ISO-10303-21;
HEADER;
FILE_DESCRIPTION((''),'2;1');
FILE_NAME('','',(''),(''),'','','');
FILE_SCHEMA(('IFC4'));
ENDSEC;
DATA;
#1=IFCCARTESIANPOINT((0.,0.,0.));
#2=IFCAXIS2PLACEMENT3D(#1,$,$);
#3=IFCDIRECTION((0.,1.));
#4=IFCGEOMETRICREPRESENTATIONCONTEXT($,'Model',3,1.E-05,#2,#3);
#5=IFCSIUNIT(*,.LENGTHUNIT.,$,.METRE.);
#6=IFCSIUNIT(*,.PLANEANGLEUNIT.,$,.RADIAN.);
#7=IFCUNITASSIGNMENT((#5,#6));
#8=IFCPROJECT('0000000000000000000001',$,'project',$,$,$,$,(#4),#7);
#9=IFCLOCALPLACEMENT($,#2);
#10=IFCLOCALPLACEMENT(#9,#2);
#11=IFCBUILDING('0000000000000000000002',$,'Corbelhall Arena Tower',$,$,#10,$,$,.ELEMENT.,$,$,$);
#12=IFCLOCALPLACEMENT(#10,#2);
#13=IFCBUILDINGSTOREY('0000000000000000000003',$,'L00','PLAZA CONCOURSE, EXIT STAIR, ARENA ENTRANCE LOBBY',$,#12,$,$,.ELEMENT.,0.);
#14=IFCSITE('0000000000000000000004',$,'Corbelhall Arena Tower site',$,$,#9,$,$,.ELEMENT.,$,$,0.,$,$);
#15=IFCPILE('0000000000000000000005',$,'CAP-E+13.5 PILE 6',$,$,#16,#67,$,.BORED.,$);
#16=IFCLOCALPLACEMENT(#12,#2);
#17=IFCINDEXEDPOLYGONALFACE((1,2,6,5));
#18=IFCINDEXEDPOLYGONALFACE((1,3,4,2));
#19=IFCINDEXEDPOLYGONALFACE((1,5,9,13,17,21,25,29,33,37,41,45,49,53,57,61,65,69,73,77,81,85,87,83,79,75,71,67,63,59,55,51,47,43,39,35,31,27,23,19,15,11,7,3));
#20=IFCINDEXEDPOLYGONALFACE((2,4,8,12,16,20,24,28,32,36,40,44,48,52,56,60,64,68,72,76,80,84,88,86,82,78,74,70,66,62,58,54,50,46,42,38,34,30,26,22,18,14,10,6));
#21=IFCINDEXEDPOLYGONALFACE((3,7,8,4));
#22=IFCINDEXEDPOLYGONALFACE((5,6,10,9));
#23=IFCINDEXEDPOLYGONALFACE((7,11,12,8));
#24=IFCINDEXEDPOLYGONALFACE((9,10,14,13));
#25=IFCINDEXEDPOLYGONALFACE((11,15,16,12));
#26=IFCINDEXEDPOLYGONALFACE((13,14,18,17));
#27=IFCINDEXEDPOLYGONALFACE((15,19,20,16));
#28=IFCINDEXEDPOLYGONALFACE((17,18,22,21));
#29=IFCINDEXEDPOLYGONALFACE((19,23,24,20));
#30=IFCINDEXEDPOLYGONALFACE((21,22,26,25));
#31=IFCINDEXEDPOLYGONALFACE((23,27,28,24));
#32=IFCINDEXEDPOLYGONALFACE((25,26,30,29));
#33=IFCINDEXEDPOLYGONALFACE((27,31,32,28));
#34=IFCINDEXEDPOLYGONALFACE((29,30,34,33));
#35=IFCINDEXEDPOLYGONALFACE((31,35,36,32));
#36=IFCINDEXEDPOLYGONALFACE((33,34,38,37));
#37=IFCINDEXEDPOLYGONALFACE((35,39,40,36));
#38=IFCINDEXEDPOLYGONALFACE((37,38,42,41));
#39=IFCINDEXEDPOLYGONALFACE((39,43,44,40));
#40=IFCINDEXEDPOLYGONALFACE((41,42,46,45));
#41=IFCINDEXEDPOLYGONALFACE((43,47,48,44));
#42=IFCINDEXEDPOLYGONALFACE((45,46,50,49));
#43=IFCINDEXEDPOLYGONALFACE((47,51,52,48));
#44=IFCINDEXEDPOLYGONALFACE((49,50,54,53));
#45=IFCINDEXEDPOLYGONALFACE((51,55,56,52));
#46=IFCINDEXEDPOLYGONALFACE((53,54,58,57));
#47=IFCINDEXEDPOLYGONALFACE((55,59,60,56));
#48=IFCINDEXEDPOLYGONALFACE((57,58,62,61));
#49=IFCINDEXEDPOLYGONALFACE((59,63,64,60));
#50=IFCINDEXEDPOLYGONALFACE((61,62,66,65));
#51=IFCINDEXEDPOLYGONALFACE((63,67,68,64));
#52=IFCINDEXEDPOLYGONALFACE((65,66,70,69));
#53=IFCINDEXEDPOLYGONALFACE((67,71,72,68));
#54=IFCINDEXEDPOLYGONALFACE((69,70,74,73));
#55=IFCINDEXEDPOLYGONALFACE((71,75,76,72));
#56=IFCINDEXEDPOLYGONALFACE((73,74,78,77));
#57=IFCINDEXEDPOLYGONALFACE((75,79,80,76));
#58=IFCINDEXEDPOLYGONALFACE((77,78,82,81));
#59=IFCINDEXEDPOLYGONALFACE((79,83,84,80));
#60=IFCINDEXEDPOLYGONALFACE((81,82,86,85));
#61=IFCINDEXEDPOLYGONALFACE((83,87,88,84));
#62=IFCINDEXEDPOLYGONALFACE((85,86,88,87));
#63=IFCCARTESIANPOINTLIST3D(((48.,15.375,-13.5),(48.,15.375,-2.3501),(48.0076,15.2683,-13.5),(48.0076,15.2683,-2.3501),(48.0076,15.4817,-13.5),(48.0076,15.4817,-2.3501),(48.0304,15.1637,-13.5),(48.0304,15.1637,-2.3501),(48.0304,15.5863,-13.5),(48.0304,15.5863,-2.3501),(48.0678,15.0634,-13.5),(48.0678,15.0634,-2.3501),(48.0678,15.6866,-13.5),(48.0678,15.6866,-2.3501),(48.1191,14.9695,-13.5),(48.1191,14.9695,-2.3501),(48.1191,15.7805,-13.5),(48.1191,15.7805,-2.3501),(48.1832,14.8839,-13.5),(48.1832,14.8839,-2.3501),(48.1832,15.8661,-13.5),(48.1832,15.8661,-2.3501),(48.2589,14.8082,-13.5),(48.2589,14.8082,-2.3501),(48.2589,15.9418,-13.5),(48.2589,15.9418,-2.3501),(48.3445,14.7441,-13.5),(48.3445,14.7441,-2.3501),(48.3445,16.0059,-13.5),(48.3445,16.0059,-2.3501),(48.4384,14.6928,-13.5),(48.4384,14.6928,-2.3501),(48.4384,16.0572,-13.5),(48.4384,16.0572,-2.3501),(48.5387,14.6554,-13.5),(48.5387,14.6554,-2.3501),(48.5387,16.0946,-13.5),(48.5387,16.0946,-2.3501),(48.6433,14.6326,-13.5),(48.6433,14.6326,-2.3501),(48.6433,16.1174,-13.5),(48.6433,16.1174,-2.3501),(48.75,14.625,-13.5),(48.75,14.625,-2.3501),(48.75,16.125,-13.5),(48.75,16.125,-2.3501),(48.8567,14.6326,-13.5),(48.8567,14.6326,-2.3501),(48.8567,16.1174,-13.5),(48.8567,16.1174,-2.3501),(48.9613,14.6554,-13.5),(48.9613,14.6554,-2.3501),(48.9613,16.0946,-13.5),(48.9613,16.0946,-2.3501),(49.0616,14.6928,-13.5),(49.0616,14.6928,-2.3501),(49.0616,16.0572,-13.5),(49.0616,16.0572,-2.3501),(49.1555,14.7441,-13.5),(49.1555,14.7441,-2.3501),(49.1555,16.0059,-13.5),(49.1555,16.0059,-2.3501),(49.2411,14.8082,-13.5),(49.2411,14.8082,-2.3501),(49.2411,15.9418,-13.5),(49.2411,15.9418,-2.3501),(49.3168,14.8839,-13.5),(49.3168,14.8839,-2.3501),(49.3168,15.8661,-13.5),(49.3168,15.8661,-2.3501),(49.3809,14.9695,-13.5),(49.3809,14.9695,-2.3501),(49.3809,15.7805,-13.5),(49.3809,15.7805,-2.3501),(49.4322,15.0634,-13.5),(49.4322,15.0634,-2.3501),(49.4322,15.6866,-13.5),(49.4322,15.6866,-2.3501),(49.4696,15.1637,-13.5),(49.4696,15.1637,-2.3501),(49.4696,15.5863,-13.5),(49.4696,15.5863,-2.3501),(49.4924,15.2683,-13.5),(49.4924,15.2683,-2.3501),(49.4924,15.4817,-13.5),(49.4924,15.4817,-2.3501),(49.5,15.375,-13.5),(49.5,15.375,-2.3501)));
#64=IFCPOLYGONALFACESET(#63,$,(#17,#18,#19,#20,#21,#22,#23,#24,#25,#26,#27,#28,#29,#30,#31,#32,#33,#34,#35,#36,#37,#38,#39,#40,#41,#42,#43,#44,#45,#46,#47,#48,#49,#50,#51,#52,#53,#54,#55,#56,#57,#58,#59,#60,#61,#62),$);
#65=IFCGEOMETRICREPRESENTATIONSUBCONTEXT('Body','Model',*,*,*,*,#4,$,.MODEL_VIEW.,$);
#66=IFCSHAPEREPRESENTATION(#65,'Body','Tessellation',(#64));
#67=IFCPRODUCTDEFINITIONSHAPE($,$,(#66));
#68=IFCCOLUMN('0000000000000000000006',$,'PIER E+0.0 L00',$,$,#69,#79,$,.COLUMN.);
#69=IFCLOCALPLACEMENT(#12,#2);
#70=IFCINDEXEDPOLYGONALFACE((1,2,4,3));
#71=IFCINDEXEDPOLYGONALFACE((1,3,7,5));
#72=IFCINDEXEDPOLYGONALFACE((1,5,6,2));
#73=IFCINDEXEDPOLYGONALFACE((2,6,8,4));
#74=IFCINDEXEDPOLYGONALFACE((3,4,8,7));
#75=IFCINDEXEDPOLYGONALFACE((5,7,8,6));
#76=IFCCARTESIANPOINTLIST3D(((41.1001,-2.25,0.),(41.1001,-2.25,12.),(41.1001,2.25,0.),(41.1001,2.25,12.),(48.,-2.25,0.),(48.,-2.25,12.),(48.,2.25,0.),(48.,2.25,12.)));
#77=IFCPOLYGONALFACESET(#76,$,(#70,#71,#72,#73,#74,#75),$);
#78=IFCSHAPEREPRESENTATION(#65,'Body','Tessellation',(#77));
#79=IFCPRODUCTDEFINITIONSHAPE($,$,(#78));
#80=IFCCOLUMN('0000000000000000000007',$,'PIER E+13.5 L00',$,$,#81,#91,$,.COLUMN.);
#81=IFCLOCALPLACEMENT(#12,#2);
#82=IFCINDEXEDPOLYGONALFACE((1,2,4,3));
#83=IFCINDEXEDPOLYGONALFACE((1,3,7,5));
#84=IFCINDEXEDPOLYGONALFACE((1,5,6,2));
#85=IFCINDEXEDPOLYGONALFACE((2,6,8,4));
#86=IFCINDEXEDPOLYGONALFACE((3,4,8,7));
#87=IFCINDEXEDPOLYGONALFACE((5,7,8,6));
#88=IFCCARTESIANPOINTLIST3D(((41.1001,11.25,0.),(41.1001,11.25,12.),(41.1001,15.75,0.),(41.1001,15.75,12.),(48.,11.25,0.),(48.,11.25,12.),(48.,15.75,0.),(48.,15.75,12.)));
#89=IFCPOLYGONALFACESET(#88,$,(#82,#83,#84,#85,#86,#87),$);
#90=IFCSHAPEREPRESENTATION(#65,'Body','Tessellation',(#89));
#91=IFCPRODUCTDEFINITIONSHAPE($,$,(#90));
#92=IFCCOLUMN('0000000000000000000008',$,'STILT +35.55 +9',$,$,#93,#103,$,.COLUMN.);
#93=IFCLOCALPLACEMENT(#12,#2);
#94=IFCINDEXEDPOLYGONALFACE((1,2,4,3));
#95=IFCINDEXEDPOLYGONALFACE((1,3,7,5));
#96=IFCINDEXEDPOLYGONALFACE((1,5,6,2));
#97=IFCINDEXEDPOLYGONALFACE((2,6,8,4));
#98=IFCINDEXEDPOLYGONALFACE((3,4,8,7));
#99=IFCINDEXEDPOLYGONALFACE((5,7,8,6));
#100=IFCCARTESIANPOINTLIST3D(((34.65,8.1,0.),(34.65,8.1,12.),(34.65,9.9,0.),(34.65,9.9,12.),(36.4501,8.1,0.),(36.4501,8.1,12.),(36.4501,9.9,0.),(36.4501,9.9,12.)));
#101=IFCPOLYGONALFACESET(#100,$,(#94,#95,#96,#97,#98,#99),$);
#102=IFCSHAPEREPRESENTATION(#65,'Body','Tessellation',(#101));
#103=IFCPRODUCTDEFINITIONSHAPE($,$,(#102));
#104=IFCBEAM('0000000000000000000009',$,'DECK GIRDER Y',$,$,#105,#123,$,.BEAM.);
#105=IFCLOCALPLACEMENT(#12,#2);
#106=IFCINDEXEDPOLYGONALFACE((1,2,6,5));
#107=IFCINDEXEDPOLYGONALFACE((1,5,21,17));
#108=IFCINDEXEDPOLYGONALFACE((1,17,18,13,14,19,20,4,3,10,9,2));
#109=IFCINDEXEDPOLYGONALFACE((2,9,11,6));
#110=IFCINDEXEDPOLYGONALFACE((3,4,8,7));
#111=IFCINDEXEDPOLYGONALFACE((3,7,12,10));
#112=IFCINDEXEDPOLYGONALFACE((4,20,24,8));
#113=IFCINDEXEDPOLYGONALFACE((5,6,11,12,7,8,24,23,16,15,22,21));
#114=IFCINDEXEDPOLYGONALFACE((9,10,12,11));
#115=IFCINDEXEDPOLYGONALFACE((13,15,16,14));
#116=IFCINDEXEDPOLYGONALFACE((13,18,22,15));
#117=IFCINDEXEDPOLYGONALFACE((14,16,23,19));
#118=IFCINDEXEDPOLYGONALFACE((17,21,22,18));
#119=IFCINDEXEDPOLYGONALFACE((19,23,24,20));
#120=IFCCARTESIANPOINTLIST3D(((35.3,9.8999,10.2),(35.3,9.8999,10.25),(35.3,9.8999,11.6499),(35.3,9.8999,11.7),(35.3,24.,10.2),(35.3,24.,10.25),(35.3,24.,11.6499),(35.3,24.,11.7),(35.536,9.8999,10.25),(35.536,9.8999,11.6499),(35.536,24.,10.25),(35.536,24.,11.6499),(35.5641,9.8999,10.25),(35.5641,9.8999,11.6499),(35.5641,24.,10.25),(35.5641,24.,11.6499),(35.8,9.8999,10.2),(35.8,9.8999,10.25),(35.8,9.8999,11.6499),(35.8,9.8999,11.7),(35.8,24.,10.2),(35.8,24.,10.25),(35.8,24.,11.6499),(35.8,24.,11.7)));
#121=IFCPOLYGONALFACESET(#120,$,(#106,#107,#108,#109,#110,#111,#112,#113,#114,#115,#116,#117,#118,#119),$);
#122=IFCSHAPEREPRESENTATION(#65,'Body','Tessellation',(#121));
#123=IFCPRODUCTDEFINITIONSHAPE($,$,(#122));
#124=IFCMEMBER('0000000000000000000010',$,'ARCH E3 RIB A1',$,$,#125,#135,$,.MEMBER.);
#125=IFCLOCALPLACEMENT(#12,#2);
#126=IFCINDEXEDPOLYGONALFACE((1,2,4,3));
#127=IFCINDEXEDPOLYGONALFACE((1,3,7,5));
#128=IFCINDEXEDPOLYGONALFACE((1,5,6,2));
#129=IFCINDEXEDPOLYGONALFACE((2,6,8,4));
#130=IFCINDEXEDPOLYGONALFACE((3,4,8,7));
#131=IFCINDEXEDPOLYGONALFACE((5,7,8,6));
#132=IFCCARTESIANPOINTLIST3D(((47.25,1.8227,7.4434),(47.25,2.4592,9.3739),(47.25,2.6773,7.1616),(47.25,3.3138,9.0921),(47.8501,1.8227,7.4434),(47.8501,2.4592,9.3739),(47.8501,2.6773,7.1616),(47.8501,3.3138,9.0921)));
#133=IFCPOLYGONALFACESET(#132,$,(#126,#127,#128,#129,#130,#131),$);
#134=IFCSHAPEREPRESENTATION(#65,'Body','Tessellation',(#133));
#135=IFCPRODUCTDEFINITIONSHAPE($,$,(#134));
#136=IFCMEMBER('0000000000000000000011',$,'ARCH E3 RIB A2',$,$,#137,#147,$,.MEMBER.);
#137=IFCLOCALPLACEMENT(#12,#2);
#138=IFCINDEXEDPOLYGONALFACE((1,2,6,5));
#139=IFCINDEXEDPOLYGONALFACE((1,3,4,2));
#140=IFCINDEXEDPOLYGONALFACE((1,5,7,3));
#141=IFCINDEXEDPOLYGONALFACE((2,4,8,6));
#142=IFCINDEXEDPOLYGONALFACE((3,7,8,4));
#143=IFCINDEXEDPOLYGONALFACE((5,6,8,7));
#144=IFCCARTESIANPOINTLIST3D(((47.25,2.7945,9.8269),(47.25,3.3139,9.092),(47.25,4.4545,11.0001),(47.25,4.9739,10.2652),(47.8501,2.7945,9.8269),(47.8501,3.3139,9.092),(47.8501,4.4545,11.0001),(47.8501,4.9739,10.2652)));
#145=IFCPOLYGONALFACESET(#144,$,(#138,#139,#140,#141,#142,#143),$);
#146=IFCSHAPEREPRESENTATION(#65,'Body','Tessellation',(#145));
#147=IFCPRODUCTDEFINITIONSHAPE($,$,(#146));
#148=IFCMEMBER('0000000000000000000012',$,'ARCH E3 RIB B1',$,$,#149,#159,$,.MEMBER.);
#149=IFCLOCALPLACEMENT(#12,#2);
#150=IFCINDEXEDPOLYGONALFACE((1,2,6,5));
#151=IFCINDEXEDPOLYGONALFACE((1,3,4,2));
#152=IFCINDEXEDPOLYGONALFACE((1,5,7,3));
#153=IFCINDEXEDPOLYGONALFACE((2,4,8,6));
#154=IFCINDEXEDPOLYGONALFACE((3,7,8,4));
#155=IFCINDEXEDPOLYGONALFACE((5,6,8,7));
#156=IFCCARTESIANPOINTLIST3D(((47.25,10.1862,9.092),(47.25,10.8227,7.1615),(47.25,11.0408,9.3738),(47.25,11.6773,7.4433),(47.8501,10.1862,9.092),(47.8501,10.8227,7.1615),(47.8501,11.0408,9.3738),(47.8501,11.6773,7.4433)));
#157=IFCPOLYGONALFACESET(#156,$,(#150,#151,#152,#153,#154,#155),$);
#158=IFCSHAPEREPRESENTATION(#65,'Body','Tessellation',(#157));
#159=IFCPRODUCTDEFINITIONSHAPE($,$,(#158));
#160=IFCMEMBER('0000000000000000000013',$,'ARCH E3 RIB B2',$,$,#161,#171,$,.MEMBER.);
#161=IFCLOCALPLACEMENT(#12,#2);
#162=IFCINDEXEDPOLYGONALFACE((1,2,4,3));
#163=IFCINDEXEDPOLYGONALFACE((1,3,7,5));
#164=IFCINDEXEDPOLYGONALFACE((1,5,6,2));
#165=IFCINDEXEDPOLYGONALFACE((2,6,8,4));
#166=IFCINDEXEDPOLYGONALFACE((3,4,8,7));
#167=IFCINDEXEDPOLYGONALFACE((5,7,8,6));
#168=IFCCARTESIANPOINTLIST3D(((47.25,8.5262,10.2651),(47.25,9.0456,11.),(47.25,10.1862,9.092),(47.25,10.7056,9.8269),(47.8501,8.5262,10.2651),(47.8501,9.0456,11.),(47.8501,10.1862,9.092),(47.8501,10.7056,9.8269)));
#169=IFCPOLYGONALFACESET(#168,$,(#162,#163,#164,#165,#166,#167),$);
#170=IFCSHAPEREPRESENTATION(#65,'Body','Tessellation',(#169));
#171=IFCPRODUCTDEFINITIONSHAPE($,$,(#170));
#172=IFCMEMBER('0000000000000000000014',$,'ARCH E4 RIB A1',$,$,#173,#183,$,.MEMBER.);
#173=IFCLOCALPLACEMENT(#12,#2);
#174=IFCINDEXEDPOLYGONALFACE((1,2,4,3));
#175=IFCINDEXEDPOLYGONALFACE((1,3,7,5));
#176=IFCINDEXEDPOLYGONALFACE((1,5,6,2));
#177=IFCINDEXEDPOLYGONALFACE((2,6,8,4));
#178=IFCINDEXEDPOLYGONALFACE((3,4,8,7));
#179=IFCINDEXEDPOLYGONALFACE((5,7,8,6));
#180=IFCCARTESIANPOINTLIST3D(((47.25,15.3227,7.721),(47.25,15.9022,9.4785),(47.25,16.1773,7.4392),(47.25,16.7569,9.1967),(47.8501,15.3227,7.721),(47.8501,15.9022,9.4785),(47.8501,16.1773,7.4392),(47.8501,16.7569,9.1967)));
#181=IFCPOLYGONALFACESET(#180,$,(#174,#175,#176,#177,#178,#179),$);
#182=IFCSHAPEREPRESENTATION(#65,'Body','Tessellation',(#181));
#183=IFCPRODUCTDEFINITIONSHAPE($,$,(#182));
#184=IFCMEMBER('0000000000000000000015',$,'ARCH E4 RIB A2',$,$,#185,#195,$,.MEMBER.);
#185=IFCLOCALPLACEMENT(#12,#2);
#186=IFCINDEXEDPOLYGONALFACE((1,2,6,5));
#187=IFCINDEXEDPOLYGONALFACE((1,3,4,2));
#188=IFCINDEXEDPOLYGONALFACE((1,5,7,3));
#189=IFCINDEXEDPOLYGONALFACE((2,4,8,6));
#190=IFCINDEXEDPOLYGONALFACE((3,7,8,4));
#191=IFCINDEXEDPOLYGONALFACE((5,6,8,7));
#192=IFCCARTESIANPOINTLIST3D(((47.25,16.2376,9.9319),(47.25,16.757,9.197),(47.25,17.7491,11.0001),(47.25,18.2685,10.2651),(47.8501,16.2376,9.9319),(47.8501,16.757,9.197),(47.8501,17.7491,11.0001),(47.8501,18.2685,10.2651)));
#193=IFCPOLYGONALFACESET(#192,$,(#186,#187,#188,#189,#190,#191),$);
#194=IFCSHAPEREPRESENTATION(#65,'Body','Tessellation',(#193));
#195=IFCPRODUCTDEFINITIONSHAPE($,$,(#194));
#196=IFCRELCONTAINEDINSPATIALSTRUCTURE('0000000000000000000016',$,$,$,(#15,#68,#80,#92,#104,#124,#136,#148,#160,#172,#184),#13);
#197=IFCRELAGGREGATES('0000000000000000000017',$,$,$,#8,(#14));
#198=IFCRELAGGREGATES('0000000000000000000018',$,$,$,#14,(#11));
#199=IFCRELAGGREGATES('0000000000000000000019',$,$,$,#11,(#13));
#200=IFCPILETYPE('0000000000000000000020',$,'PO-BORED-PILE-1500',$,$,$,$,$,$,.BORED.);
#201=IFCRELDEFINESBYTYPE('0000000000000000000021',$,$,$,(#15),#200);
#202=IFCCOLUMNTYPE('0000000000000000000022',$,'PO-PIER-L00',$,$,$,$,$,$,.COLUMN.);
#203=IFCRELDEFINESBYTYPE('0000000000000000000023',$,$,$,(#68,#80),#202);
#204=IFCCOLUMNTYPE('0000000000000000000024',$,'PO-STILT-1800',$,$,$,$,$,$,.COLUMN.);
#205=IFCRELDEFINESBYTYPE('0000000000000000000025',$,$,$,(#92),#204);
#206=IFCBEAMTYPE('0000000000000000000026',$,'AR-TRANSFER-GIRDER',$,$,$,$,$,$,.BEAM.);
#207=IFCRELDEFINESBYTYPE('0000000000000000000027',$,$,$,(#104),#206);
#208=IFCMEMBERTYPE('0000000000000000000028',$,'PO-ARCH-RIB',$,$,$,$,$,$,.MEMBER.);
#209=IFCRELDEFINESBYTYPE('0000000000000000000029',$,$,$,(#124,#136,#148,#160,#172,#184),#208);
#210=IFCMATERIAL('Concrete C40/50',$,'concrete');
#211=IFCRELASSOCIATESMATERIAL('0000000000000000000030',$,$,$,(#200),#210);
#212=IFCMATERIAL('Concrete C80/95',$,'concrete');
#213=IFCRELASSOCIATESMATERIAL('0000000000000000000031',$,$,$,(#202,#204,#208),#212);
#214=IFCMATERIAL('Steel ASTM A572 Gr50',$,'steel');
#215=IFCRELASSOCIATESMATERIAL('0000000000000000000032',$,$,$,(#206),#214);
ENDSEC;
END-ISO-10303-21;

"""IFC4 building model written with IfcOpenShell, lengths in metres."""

from ifc_helpers import new_model, si_unit, direction, frame, origin, origin_2d, place, context, subcontext, project, spatial, rectangle, circle, i_section, extrude, material, material_profile, profile_set, type_object, element, save


model = new_model("IFC4")

# Units and contexts
model_context = context("Model", 3, precision=1e-05, world=origin(), true_north=direction((0.0, 1.0)))
body_context = subcontext(model_context, "Body", "Model", "MODEL_VIEW")
ifc_project = project(units=[si_unit("LENGTHUNIT", "METRE"), si_unit("PLANEANGLEUNIT", "RADIAN")], contexts=[model_context])

# Site, building, storey
site_placement = place(None, origin())
site = spatial("IfcSite", under=ifc_project, at=site_placement, Name="Corbelhall Arena Tower site", CompositionType="ELEMENT", RefElevation=0.0)
building_placement = place(site_placement, origin())
building = spatial("IfcBuilding", under=site, at=building_placement, Name="Corbelhall Arena Tower", CompositionType="ELEMENT")
storey_placement = place(building_placement, origin())
storey = spatial("IfcBuildingStorey", under=building, at=storey_placement, Name="L00", Description="PLAZA CONCOURSE, EXIT STAIR, ARENA ENTRANCE LOBBY", CompositionType="ELEMENT", Elevation=0.0)

# Pile
ifc_material_1 = material(Name="Concrete C40/50", Category="concrete")
ifc_material_profile_1 = material_profile(ifc_material_1, circle(Radius=0.75, at=origin_2d()))
ifc_profile_set_1 = profile_set([ifc_material_profile_1], Name="Concrete C40/50")
pile_type_1 = type_object("IfcPileType", Name="PO-BORED-PILE-1500", PredefinedType="BORED", material=ifc_profile_set_1)
for number, where, z_axis, x_axis, name in (
    (1, (48.75, 15.375, -2.3501), (0.0, 0.0, -1.0), (1.0, 0.0, 0.0), "CAP-E+13.5 PILE 6"),
):
    element("IfcPile", number, at=place(storey_placement, frame(where, z_axis=z_axis, x_axis=x_axis)), inside=storey, type_object=pile_type_1, Name=name, PredefinedType="BORED", context=body_context, shape_type="SweptSolid", body=[
        extrude(circle(Radius=0.75, at=origin_2d()), origin(), (0.0, 0.0, 1.0), 11.1499),
    ])

# Columns
ifc_material_2 = material(Name="Concrete C80/95", Category="concrete")
ifc_material_profile_2 = material_profile(ifc_material_2, rectangle(XDim=4.5, YDim=6.8999, at=origin_2d()))
ifc_profile_set_2 = profile_set([ifc_material_profile_2], Name="Concrete C80/95")
column_type_1 = type_object("IfcColumnType", Name="PO-PIER-L00", PredefinedType="COLUMN", material=ifc_profile_set_2)
for number, where, z_axis, x_axis, name in (
    (2, (44.55, 0.0, 0.0), (0.0, 0.0, 1.0), (0.0, 1.0, 0.0), "PIER E+0.0 L00"),
    (3, (44.55, 13.5, 0.0), (0.0, 0.0, 1.0), (0.0, 1.0, 0.0), "PIER E+13.5 L00"),
):
    element("IfcColumn", number, at=place(storey_placement, frame(where, z_axis=z_axis, x_axis=x_axis)), inside=storey, type_object=column_type_1, Name=name, PredefinedType="COLUMN", context=body_context, shape_type="SweptSolid", body=[
        extrude(rectangle(XDim=4.5, YDim=6.8999, at=origin_2d()), origin(), (0.0, 0.0, 1.0), 12.0),
    ])
ifc_material_profile_3 = material_profile(ifc_material_2, rectangle(XDim=1.8, YDim=1.8, at=origin_2d()))
ifc_profile_set_3 = profile_set([ifc_material_profile_3], Name="Concrete C80/95")
column_type_2 = type_object("IfcColumnType", Name="PO-STILT-1800", PredefinedType="COLUMN", material=ifc_profile_set_3)
column_placement = place(storey_placement, frame((35.55, 9.0, 0.0), z_axis=(0.0, 0.0, 1.0), x_axis=(1.0, 0.0, 0.0)))
element("IfcColumn", 4, at=column_placement, inside=storey, type_object=column_type_2, Name="STILT +35.55 +9", PredefinedType="COLUMN", context=body_context, shape_type="SweptSolid", body=[
    extrude(rectangle(XDim=1.8, YDim=1.8, at=origin_2d()), origin(), (0.0, 0.0, 1.0), 12.0),
])

# Beam
ifc_material_3 = material(Name="Steel ASTM A572 Gr50", Category="steel")
ifc_material_profile_4 = material_profile(ifc_material_3, i_section(OverallWidth=0.5, OverallDepth=1.5, WebThickness=0.0281, FlangeThickness=0.05, at=origin_2d()))
ifc_profile_set_4 = profile_set([ifc_material_profile_4], Name="Steel ASTM A572 Gr50")
beam_type_1 = type_object("IfcBeamType", Name="AR-TRANSFER-GIRDER", PredefinedType="BEAM", material=ifc_profile_set_4)
beam_1_placement = place(storey_placement, frame((35.55, 9.8999, 10.95), z_axis=(0.0, 1.0, 0.0), x_axis=(-1.0, 0.0, 0.0)))
element("IfcBeam", 5, at=beam_1_placement, inside=storey, type_object=beam_type_1, Name="DECK GIRDER Y", PredefinedType="BEAM", context=body_context, shape_type="SweptSolid", body=[
    extrude(i_section(OverallWidth=0.5, OverallDepth=1.5, WebThickness=0.0281, FlangeThickness=0.05, at=origin_2d()), origin(), (0.0, 0.0, 1.0), 14.1001),
])

# Members
ifc_material_profile_5 = material_profile(ifc_material_2, rectangle(XDim=0.6001, YDim=0.8999, at=origin_2d()))
ifc_profile_set_5 = profile_set([ifc_material_profile_5], Name="Concrete C80/95")
member_type = type_object("IfcMemberType", Name="PO-ARCH-RIB", PredefinedType="MEMBER", material=ifc_profile_set_5)
for number, where, z_axis, x_axis, name in (
    (6, (47.55, 2.25, 7.3025), (0.0, 0.313127, 0.949711), (-1.0, 0.0, 0.0), "ARCH E3 RIB A1"),
    (7, (47.55, 3.0542, 9.4595), (0.0, 0.816645, 0.577141), (-1.0, 0.0, 0.0), "ARCH E3 RIB A2"),
    (8, (47.55, 10.6135, 9.2329), (0.0, 0.313127, -0.949711), (-1.0, 0.0, 0.0), "ARCH E3 RIB B1"),
    (9, (47.55, 8.7859, 10.6326), (0.0, 0.816645, -0.577141), (-1.0, 0.0, 0.0), "ARCH E3 RIB B2"),
):
    element("IfcMember", number, at=place(storey_placement, frame(where, z_axis=z_axis, x_axis=x_axis)), inside=storey, type_object=member_type, Name=name, PredefinedType="MEMBER", context=body_context, shape_type="SweptSolid", body=[
        extrude(rectangle(XDim=0.6001, YDim=0.8999, at=origin_2d()), origin(), (0.0, 0.0, 1.0), 2.0327),
    ])
member_1_placement = place(storey_placement, frame((47.55, 15.75, 7.5801), z_axis=(0.0, 0.313179, 0.949694), x_axis=(-1.0, 0.0, 0.0)))
element("IfcMember", 10, at=member_1_placement, inside=storey, type_object=member_type, Name="ARCH E4 RIB A1", PredefinedType="MEMBER", context=body_context, shape_type="SweptSolid", body=[
    extrude(rectangle(XDim=0.6001, YDim=0.8999, at=origin_2d()), origin(), (0.0, 0.0, 1.0), 1.8506),
])
member_2_placement = place(storey_placement, frame((47.55, 16.4973, 9.5645), z_axis=(0.0, 0.816664, 0.577113), x_axis=(-1.0, 0.0, 0.0)))
element("IfcMember", 11, at=member_2_placement, inside=storey, type_object=member_type, Name="ARCH E4 RIB A2", PredefinedType="MEMBER", context=body_context, shape_type="SweptSolid", body=[
    extrude(rectangle(XDim=0.6001, YDim=0.8999, at=origin_2d()), origin(), (0.0, 0.0, 1.0), 1.8508),
])

save(model, "model.ifc")
